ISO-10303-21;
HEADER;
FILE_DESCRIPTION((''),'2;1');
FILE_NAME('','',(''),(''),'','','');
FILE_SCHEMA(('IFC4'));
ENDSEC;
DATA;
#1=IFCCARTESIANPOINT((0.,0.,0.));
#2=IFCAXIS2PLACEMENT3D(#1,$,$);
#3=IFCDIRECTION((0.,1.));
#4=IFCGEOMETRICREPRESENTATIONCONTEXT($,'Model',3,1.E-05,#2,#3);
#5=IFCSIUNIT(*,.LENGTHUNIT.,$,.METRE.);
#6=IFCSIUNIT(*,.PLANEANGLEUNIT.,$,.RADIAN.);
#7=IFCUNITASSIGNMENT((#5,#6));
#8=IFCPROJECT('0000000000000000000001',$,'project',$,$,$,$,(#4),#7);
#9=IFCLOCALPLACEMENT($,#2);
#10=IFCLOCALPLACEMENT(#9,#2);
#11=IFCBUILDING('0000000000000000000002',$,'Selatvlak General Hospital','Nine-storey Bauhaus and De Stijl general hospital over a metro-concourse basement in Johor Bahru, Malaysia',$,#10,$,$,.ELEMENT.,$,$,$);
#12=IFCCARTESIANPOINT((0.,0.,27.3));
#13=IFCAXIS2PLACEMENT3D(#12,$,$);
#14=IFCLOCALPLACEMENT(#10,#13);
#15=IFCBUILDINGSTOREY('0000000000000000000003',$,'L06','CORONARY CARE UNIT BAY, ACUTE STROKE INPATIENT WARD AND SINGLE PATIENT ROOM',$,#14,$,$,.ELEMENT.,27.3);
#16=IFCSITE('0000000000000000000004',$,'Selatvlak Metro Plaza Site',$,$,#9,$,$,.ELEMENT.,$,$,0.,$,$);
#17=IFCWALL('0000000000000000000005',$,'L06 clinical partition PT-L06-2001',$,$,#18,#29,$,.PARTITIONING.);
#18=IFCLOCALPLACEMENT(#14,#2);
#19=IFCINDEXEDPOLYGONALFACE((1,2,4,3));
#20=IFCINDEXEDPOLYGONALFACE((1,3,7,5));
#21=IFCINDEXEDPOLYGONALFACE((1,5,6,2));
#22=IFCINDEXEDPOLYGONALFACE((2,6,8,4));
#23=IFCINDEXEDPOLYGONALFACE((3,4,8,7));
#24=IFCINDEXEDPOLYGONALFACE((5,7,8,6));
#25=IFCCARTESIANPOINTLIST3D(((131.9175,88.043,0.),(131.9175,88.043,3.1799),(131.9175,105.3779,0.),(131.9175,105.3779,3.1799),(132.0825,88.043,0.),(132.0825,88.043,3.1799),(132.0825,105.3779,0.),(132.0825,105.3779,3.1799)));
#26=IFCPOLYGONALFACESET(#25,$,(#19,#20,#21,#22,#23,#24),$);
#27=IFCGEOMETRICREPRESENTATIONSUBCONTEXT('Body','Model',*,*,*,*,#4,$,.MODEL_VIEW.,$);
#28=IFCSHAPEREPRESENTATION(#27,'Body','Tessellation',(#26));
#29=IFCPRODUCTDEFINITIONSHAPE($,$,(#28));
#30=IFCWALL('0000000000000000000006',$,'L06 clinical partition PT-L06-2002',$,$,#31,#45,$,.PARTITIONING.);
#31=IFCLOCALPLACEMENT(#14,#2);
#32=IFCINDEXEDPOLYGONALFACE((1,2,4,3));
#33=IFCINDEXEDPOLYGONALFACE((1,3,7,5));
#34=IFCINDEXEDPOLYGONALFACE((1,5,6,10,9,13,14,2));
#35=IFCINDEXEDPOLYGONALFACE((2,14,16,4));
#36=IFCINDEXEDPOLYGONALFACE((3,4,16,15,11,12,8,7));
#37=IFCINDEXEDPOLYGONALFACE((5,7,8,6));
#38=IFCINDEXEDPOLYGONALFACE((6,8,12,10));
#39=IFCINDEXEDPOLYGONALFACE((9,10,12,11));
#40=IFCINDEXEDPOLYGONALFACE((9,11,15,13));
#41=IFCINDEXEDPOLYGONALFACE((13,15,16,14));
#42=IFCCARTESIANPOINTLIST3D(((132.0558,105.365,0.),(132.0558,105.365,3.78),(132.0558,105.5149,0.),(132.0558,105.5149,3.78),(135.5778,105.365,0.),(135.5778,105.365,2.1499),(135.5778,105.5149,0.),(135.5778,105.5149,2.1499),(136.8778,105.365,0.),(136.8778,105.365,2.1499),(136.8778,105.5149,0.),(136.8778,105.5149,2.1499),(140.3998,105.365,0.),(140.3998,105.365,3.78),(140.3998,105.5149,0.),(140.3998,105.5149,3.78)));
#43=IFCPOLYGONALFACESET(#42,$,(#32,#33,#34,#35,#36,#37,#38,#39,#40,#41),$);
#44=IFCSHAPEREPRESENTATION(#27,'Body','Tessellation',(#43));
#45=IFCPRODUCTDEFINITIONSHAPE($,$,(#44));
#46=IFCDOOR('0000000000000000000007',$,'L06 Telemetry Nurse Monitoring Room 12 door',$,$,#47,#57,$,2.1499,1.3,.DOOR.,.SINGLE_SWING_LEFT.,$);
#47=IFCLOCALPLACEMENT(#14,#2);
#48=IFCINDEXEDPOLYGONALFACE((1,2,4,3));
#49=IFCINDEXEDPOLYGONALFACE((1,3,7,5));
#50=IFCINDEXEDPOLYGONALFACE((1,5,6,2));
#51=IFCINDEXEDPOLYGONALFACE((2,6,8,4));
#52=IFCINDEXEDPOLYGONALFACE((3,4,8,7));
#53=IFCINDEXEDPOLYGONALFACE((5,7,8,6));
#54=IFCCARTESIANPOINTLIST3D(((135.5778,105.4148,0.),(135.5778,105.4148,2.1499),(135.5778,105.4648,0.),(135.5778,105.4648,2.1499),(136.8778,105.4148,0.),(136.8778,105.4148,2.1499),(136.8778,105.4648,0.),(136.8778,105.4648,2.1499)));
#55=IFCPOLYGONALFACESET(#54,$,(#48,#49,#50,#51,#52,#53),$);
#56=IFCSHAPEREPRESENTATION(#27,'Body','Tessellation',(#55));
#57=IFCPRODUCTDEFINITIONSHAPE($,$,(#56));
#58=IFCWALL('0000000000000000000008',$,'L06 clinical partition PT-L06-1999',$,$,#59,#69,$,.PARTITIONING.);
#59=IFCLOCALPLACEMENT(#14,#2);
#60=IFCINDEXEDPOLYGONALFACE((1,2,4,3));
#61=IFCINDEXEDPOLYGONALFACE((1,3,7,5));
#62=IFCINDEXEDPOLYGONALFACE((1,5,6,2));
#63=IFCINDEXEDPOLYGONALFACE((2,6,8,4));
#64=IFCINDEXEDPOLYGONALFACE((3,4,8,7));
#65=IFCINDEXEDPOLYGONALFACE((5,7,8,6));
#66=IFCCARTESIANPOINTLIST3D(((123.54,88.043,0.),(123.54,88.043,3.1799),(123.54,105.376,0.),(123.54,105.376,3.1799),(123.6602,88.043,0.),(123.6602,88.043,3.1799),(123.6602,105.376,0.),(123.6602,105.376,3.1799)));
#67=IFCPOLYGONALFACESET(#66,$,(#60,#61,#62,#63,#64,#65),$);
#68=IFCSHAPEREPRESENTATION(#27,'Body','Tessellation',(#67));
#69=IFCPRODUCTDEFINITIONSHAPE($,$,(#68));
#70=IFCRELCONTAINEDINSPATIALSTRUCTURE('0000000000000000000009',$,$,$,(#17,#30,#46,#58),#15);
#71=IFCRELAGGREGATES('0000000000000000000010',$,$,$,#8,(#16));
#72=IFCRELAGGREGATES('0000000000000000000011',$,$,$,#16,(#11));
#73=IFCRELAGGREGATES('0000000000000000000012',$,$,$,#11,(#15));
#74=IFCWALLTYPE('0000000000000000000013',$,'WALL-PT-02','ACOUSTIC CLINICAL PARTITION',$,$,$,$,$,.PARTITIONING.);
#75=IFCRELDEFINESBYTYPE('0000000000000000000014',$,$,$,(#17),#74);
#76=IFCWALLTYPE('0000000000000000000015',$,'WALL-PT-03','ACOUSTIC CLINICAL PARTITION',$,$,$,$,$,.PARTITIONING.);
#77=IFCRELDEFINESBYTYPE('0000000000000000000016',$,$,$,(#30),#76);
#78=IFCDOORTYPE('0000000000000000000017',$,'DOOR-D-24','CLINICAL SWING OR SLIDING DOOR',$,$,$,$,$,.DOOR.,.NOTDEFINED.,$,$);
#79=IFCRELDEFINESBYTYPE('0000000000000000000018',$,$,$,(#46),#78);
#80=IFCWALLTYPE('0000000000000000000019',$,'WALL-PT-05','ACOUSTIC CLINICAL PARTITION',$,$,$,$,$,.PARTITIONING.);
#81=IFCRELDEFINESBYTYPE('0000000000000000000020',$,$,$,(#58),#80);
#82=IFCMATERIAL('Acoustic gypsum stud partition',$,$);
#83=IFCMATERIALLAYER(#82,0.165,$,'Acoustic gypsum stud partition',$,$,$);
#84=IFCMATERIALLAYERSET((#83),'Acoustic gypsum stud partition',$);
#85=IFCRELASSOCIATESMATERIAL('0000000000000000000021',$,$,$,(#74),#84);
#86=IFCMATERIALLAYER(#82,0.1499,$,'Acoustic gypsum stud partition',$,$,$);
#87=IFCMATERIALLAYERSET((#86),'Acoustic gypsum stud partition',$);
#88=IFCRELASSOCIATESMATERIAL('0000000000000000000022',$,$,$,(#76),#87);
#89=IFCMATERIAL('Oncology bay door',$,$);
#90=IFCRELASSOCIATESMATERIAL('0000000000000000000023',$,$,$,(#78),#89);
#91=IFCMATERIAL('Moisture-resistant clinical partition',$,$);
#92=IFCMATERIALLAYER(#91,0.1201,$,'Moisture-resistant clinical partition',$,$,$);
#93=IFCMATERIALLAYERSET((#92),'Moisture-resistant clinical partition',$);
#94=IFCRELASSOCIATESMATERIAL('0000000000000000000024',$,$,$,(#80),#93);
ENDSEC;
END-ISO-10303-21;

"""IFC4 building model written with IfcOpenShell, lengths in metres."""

from ifc_helpers import new_model, si_unit, direction, frame, frame_2d, origin, place, context, subcontext, project, spatial, rectangle, extrude, material, layer, layer_set, type_object, element, fill, save


model = new_model("IFC4")

# Units and contexts
model_context = context("Model", 3, precision=1e-05, world=origin(), true_north=direction((0.0, 1.0)))
body_context = subcontext(model_context, "Body", "Model", "MODEL_VIEW")
ifc_project = project(units=[si_unit("LENGTHUNIT", "METRE"), si_unit("PLANEANGLEUNIT", "RADIAN")], contexts=[model_context])

# Site, building, storey
site_placement = place(None, origin())
site = spatial("IfcSite", under=ifc_project, at=site_placement, Name="Selatvlak Metro Plaza Site", CompositionType="ELEMENT", RefElevation=0.0)
building_placement = place(site_placement, origin())
building = spatial("IfcBuilding", under=site, at=building_placement, Name="Selatvlak General Hospital", Description="Nine-storey Bauhaus and De Stijl general hospital over a metro-concourse basement in Johor Bahru, Malaysia", CompositionType="ELEMENT")
storey_placement = place(building_placement, frame((0.0, 0.0, 27.3)))
storey = spatial("IfcBuildingStorey", under=building, at=storey_placement, Name="L06", Description="CORONARY CARE UNIT BAY, ACUTE STROKE INPATIENT WARD AND SINGLE PATIENT ROOM", CompositionType="ELEMENT", Elevation=27.3)

# Shared definitions
ifc_material_1 = material(Name="Acoustic gypsum stud partition")

# Wall
ifc_layer_1 = layer(ifc_material_1, 0.165, Name="Acoustic gypsum stud partition")
ifc_layer_set_1 = layer_set([ifc_layer_1], Name="Acoustic gypsum stud partition")
wall_type_1 = type_object("IfcWallType", Name="WALL-PT-02", Description="ACOUSTIC CLINICAL PARTITION", PredefinedType="PARTITIONING", material=ifc_layer_set_1)
wall_1_placement = place(storey_placement, frame((132.0, 105.3779, 0.0), z_axis=(0.0, 0.0, 1.0), x_axis=(0.0, -1.0, 0.0)))
element("IfcWall", 1, at=wall_1_placement, inside=storey, type_object=wall_type_1, Name="L06 clinical partition PT-L06-2001", PredefinedType="PARTITIONING", context=body_context, shape_type="SweptSolid", body=[
    extrude(rectangle(XDim=17.335, YDim=0.165, at=frame_2d((8.6675, 0.0))), origin(), (0.0, 0.0, 1.0), 3.1799),
])

# Wall, opening, door
ifc_layer_2 = layer(ifc_material_1, 0.1499, Name="Acoustic gypsum stud partition")
ifc_layer_set_2 = layer_set([ifc_layer_2], Name="Acoustic gypsum stud partition")
wall_type_2 = type_object("IfcWallType", Name="WALL-PT-03", Description="ACOUSTIC CLINICAL PARTITION", PredefinedType="PARTITIONING", material=ifc_layer_set_2)
wall_2_placement = place(storey_placement, frame((132.0559, 105.4399, 0.0), z_axis=(0.0, 0.0, 1.0), x_axis=(1.0, 0.0, 0.0)))
wall_2 = element("IfcWall", 2, at=wall_2_placement, inside=storey, type_object=wall_type_2, Name="L06 clinical partition PT-L06-2002", PredefinedType="PARTITIONING", context=body_context, shape_type="SweptSolid", body=[
    extrude(rectangle(XDim=8.344, YDim=0.1499, at=frame_2d((4.1719, 0.0))), origin(), (0.0, 0.0, 1.0), 3.78),
])
opening_1_placement = place(wall_2_placement, frame((3.522, 0.0, 0.0)))
opening_1 = element("IfcOpeningElement", 3, at=opening_1_placement, cuts=wall_2, PredefinedType="OPENING", context=body_context, shape_type="SweptSolid", body=[
    extrude(rectangle(XDim=1.3, YDim=2.1499, at=frame_2d((0.6499, 1.075))), frame((0.0, 0.085, 0.0), z_axis=(0.0, -1.0, 0.0), x_axis=(1.0, 0.0, 0.0)), (0.0, 0.0, 1.0), 0.1699),
])
ifc_material_2 = material(Name="Oncology bay door")
door_type_1 = type_object("IfcDoorType", Name="DOOR-D-24", Description="CLINICAL SWING OR SLIDING DOOR", OperationType="NOTDEFINED", PredefinedType="DOOR", material=ifc_material_2)
door_1_placement = place(opening_1_placement, origin())
door_1 = element("IfcDoor", 4, at=door_1_placement, inside=storey, type_object=door_type_1, Name="L06 Telemetry Nurse Monitoring Room 12 door", OperationType="SINGLE_SWING_LEFT", OverallHeight=2.1499, OverallWidth=1.3, PredefinedType="DOOR", context=body_context, shape_type="SweptSolid", body=[
    extrude(rectangle(XDim=1.3, YDim=2.1499, at=frame_2d((0.6499, 1.075))), frame((0.0, 0.0249, 0.0), z_axis=(0.0, -1.0, 0.0), x_axis=(1.0, 0.0, 0.0)), (0.0, 0.0, 1.0), 0.05),
])
fill(opening_1, door_1)

# Wall
ifc_material_3 = material(Name="Moisture-resistant clinical partition")
ifc_layer_3 = layer(ifc_material_3, 0.1201, Name="Moisture-resistant clinical partition")
ifc_layer_set_3 = layer_set([ifc_layer_3], Name="Moisture-resistant clinical partition")
wall_type_3 = type_object("IfcWallType", Name="WALL-PT-05", Description="ACOUSTIC CLINICAL PARTITION", PredefinedType="PARTITIONING", material=ifc_layer_set_3)
wall_3_placement = place(storey_placement, frame((123.6001, 105.376, 0.0), z_axis=(0.0, 0.0, 1.0), x_axis=(0.0, -1.0, 0.0)))
element("IfcWall", 5, at=wall_3_placement, inside=storey, type_object=wall_type_3, Name="L06 clinical partition PT-L06-1999", PredefinedType="PARTITIONING", context=body_context, shape_type="SweptSolid", body=[
    extrude(rectangle(XDim=17.333, YDim=0.1201, at=frame_2d((8.6665, 0.0))), origin(), (0.0, 0.0, 1.0), 3.1799),
])

save(model, "model.ifc")
